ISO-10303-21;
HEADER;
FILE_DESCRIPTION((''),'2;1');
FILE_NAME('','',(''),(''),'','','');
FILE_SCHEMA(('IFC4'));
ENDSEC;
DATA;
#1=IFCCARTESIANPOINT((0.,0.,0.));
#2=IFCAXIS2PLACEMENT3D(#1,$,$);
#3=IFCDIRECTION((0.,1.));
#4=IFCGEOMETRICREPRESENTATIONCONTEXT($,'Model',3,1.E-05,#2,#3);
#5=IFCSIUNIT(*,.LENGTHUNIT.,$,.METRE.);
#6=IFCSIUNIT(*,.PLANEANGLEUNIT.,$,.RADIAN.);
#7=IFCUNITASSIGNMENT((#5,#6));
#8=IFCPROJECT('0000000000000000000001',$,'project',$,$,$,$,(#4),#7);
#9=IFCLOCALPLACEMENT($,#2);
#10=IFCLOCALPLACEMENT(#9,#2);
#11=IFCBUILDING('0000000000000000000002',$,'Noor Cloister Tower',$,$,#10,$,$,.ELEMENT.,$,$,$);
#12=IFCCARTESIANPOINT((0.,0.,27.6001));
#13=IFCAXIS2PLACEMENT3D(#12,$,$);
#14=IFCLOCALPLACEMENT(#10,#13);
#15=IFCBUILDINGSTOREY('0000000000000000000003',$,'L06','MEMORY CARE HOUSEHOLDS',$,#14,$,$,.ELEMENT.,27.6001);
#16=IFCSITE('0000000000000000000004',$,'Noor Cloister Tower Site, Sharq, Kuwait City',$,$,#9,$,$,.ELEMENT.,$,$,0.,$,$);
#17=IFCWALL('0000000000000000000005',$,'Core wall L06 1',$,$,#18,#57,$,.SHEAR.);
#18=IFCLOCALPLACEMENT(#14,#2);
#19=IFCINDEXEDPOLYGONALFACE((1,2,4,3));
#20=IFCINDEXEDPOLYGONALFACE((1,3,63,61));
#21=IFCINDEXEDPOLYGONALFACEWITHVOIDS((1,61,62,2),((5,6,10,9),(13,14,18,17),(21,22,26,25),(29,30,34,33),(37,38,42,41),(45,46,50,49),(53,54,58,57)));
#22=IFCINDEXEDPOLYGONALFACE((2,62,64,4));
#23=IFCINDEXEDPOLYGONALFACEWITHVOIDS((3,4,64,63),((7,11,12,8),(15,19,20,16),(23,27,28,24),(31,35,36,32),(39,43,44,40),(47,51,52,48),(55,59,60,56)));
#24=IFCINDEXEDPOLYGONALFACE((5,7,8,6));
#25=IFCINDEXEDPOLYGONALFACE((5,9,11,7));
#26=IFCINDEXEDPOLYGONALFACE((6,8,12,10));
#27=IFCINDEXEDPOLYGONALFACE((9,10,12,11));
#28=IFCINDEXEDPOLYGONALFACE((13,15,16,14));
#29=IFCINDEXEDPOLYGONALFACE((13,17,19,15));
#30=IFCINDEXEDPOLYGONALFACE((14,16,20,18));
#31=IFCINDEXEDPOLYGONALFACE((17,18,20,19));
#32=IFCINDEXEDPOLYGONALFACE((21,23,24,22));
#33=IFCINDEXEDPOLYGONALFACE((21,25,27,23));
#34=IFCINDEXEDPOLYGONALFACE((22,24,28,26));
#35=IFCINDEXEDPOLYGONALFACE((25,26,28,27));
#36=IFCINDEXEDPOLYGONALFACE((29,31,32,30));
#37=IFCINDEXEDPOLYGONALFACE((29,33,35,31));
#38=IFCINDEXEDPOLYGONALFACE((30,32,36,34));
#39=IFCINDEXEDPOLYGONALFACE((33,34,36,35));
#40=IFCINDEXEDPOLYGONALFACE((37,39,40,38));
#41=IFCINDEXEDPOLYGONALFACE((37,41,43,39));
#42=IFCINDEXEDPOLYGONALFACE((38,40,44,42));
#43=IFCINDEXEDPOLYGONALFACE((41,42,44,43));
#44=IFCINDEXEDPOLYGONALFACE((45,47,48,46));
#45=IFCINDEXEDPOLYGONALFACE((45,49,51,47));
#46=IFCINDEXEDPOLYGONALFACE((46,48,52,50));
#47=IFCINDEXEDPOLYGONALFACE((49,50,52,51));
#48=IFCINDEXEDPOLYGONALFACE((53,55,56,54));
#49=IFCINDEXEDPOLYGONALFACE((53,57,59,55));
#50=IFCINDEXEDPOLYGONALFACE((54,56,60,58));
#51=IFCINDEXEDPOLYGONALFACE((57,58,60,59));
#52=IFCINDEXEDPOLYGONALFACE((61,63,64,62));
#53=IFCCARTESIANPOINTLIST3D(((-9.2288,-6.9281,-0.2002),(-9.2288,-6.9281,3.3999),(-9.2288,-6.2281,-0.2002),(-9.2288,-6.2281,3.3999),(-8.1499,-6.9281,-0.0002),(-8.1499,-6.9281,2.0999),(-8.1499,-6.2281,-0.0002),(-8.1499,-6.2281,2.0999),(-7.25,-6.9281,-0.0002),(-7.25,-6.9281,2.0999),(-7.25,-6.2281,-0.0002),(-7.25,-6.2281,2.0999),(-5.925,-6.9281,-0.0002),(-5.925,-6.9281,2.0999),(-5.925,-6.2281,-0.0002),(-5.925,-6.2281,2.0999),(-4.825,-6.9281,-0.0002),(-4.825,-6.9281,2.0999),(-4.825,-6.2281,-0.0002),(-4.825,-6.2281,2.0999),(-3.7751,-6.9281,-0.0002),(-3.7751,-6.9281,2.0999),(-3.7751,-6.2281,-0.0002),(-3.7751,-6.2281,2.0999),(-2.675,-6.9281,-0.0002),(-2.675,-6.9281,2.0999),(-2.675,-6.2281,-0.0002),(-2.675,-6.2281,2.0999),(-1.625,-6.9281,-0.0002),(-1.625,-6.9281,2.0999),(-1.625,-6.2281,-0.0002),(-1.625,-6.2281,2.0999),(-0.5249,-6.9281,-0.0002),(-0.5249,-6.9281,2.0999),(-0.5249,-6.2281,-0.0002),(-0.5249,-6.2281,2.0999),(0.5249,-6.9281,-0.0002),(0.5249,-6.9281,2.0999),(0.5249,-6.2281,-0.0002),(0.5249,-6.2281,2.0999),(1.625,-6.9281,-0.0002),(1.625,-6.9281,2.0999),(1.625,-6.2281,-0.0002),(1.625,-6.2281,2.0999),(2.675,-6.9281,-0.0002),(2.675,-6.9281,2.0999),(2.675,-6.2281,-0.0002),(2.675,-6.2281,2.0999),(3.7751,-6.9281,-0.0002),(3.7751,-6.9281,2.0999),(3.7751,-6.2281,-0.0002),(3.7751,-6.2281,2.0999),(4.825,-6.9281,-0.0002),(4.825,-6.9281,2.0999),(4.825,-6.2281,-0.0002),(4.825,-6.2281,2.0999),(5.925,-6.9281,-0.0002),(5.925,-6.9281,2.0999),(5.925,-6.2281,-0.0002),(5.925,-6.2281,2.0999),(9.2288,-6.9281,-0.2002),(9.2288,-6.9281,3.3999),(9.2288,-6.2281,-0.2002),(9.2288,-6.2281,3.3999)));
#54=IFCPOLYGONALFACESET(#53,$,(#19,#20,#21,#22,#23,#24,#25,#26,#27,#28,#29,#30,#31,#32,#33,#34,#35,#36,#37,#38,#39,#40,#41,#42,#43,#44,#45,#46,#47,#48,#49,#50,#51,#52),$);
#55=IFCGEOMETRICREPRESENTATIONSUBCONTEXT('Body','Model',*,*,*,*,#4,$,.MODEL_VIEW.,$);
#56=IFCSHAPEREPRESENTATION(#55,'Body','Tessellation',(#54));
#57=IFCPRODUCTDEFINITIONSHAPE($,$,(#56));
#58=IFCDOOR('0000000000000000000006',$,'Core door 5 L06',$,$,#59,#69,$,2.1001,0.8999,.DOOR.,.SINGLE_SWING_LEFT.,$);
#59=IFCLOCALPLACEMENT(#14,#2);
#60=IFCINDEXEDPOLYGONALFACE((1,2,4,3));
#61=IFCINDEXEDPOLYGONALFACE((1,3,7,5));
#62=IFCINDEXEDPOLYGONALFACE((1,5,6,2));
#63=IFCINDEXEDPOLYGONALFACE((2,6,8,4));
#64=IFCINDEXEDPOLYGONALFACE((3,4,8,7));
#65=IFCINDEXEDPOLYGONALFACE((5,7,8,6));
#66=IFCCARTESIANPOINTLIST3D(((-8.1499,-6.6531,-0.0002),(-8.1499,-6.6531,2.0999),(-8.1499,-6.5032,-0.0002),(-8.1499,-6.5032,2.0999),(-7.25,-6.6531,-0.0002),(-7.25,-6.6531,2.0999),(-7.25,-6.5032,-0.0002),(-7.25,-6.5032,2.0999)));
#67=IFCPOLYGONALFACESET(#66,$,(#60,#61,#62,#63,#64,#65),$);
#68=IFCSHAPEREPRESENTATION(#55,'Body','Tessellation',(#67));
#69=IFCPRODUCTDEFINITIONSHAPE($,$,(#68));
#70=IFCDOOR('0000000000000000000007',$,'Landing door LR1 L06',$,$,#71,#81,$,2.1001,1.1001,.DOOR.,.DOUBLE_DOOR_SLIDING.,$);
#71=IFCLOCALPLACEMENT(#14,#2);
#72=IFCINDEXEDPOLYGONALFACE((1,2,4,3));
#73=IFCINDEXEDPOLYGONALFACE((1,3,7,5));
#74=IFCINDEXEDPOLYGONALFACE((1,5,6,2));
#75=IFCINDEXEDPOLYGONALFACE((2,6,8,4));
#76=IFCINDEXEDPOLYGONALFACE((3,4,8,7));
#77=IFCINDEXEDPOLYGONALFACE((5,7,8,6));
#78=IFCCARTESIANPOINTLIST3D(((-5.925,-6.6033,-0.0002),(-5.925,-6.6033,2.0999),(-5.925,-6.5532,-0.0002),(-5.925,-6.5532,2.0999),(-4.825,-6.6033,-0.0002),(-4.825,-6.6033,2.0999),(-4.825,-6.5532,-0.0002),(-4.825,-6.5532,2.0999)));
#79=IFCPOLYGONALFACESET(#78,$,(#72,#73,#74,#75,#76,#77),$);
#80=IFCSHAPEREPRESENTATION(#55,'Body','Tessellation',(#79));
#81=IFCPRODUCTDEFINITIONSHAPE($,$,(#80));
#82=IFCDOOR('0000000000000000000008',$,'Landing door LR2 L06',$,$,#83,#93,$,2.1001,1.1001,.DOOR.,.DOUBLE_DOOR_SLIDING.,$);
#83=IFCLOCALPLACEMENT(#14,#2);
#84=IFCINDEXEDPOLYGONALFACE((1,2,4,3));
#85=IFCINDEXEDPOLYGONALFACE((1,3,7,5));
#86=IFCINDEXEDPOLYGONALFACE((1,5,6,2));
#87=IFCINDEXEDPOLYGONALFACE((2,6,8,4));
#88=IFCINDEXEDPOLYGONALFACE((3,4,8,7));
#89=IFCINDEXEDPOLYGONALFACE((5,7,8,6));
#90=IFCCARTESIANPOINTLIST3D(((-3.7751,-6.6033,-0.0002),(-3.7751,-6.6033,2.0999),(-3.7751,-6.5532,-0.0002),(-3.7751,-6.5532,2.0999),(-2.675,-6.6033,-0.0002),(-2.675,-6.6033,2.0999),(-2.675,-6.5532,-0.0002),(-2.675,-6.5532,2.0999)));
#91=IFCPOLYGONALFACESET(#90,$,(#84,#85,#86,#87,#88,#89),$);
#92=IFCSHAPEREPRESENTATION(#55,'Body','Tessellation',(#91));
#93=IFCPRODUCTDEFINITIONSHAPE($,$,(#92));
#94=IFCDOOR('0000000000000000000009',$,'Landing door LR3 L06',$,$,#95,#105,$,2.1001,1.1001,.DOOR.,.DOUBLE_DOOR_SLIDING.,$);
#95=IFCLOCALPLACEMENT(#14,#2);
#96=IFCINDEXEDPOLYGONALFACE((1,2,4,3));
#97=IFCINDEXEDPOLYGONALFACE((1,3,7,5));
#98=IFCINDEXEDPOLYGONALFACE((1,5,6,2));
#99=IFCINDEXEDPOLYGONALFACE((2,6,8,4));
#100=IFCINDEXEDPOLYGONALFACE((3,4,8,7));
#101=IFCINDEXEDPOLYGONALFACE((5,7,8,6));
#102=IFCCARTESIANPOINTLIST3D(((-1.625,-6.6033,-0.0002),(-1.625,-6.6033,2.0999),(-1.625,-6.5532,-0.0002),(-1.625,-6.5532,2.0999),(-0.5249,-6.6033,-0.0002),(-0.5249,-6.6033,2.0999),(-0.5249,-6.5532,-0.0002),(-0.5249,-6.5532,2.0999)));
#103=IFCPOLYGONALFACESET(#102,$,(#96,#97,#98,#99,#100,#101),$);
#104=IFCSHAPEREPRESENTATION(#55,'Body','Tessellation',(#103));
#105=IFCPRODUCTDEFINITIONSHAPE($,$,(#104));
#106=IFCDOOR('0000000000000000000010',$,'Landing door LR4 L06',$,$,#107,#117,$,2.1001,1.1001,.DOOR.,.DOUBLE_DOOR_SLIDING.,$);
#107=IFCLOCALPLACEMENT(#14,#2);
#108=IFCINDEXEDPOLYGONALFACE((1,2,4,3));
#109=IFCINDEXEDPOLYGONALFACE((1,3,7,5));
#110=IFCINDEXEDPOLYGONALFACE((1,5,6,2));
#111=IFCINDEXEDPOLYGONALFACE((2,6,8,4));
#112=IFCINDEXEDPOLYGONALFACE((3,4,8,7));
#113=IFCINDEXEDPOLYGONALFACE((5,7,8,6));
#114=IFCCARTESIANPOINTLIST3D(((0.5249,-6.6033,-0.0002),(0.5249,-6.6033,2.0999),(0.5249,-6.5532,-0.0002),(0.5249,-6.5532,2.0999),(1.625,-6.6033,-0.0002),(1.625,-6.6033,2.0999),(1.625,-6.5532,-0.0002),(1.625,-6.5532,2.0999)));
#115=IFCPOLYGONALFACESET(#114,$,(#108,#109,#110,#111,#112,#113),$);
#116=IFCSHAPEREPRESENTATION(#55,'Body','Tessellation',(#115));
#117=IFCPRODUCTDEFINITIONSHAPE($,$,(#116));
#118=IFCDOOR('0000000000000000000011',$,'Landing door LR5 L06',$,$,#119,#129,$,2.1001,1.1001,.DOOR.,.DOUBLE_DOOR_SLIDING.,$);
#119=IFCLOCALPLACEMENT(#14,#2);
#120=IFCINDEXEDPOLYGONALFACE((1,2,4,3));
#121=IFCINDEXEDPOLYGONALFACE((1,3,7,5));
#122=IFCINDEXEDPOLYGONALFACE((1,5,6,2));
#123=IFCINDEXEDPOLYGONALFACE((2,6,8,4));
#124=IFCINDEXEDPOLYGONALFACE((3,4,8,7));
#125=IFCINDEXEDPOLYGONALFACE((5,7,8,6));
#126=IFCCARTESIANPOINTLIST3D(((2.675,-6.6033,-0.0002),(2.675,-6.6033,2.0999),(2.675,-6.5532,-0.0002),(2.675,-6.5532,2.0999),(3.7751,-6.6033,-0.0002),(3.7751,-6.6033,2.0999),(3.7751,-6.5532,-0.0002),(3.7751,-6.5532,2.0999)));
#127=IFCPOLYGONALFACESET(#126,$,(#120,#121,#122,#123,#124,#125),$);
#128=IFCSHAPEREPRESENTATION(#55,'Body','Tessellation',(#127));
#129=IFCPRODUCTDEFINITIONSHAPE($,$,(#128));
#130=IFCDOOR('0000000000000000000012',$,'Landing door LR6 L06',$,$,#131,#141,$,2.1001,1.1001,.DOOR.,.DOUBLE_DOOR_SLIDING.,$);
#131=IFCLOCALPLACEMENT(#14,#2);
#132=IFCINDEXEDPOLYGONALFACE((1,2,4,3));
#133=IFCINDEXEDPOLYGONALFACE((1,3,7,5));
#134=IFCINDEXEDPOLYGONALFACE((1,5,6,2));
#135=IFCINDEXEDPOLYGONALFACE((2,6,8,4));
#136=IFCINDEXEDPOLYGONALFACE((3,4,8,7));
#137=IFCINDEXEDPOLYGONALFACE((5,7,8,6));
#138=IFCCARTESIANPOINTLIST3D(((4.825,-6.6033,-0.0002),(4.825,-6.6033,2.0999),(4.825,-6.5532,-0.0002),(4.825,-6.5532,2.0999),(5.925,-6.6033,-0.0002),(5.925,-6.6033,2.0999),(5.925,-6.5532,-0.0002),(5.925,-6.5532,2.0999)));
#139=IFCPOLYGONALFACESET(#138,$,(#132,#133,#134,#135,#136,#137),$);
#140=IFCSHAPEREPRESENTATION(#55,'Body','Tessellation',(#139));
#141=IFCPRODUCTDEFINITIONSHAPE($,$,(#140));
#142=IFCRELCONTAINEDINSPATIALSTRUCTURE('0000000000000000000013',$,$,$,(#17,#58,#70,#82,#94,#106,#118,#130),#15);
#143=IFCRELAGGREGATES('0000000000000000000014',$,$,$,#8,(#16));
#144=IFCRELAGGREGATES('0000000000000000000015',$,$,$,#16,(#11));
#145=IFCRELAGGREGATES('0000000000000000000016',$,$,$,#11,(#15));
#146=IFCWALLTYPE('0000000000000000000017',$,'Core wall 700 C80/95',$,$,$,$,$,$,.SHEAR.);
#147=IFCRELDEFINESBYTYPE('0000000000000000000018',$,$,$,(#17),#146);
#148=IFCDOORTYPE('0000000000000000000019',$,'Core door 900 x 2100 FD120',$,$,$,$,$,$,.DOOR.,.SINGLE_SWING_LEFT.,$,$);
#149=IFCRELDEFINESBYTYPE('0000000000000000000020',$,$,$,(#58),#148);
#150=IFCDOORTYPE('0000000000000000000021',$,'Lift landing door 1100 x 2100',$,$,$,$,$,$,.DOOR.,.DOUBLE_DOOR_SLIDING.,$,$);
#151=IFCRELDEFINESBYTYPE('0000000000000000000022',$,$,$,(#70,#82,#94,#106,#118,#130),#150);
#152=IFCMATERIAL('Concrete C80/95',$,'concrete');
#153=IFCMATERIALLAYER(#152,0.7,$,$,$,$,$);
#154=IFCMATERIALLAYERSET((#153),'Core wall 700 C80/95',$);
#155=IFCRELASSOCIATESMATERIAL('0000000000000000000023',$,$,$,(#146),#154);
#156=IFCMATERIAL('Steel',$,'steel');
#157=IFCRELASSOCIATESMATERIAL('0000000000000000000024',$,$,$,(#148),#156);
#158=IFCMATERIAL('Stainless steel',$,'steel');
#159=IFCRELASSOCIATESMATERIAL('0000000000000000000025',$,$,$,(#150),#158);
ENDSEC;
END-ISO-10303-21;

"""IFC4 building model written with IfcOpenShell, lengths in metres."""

from ifc_helpers import new_model, si_unit, direction, frame, frame_2d, origin, place, context, subcontext, project, spatial, rectangle, extrude, material, layer, layer_set, type_object, element, fill, save


model = new_model("IFC4")

# Units and contexts
model_context = context("Model", 3, precision=1e-05, world=origin(), true_north=direction((0.0, 1.0)))
body_context = subcontext(model_context, "Body", "Model", "MODEL_VIEW")
ifc_project = project(units=[si_unit("LENGTHUNIT", "METRE"), si_unit("PLANEANGLEUNIT", "RADIAN")], contexts=[model_context])

# Site, building, storey
site_placement = place(None, origin())
site = spatial("IfcSite", under=ifc_project, at=site_placement, Name="Noor Cloister Tower Site, Sharq, Kuwait City", CompositionType="ELEMENT", RefElevation=0.0)
building_placement = place(site_placement, origin())
building = spatial("IfcBuilding", under=site, at=building_placement, Name="Noor Cloister Tower", CompositionType="ELEMENT")
storey_placement = place(building_placement, frame((0.0, 0.0, 27.6001)))
storey = spatial("IfcBuildingStorey", under=building, at=storey_placement, Name="L06", Description="MEMORY CARE HOUSEHOLDS", CompositionType="ELEMENT", Elevation=27.6001)

# Wall, openings, doors
ifc_material_1 = material(Name="Concrete C80/95", Category="concrete")
ifc_layer_1 = layer(ifc_material_1, 0.7)
ifc_layer_set_1 = layer_set([ifc_layer_1], Name="Core wall 700 C80/95")
wall_type_1 = type_object("IfcWallType", Name="Core wall 700 C80/95", PredefinedType="SHEAR", material=ifc_layer_set_1)
wall_1_placement = place(storey_placement, frame((-9.2288, -6.5781, -0.2002), z_axis=(0.0, 0.0, 1.0), x_axis=(1.0, 0.0, 0.0)))
wall_1 = element("IfcWall", 1, at=wall_1_placement, inside=storey, type_object=wall_type_1, Name="Core wall L06 1", PredefinedType="SHEAR", context=body_context, shape_type="SweptSolid", body=[
    extrude(rectangle(XDim=18.4575, YDim=0.7, at=frame_2d((9.2288, 0.0))), origin(), (0.0, 0.0, 1.0), 3.6001),
])
opening_1_placement = place(wall_1_placement, frame((3.3037, 0.0, 0.2)))
opening_1 = element("IfcOpeningElement", 2, at=opening_1_placement, cuts=wall_1, PredefinedType="OPENING", context=body_context, shape_type="SweptSolid", body=[
    extrude(rectangle(XDim=1.1001, YDim=2.1001, at=frame_2d((0.55, 1.05))), frame((0.0, 0.3599, 0.0), z_axis=(0.0, -1.0, 0.0), x_axis=(1.0, 0.0, 0.0)), (0.0, 0.0, 1.0), 0.72),
])
opening_2_placement = place(wall_1_placement, frame((5.4536, 0.0, 0.2)))
opening_2 = element("IfcOpeningElement", 3, at=opening_2_placement, cuts=wall_1, PredefinedType="OPENING", context=body_context, shape_type="SweptSolid", body=[
    extrude(rectangle(XDim=1.1001, YDim=2.1001, at=frame_2d((0.55, 1.05))), frame((0.0, 0.3599, 0.0), z_axis=(0.0, -1.0, 0.0), x_axis=(1.0, 0.0, 0.0)), (0.0, 0.0, 1.0), 0.72),
])
opening_3_placement = place(wall_1_placement, frame((7.6038, 0.0, 0.2)))
opening_3 = element("IfcOpeningElement", 4, at=opening_3_placement, cuts=wall_1, PredefinedType="OPENING", context=body_context, shape_type="SweptSolid", body=[
    extrude(rectangle(XDim=1.1001, YDim=2.1001, at=frame_2d((0.55, 1.05))), frame((0.0, 0.3599, 0.0), z_axis=(0.0, -1.0, 0.0), x_axis=(1.0, 0.0, 0.0)), (0.0, 0.0, 1.0), 0.72),
])
opening_4_placement = place(wall_1_placement, frame((9.7537, 0.0, 0.2)))
opening_4 = element("IfcOpeningElement", 5, at=opening_4_placement, cuts=wall_1, PredefinedType="OPENING", context=body_context, shape_type="SweptSolid", body=[
    extrude(rectangle(XDim=1.1001, YDim=2.1001, at=frame_2d((0.55, 1.05))), frame((0.0, 0.3599, 0.0), z_axis=(0.0, -1.0, 0.0), x_axis=(1.0, 0.0, 0.0)), (0.0, 0.0, 1.0), 0.72),
])
opening_5_placement = place(wall_1_placement, frame((11.9038, 0.0, 0.2)))
opening_5 = element("IfcOpeningElement", 6, at=opening_5_placement, cuts=wall_1, PredefinedType="OPENING", context=body_context, shape_type="SweptSolid", body=[
    extrude(rectangle(XDim=1.1001, YDim=2.1001, at=frame_2d((0.55, 1.05))), frame((0.0, 0.3599, 0.0), z_axis=(0.0, -1.0, 0.0), x_axis=(1.0, 0.0, 0.0)), (0.0, 0.0, 1.0), 0.72),
])
opening_6_placement = place(wall_1_placement, frame((14.0537, 0.0, 0.2)))
opening_6 = element("IfcOpeningElement", 7, at=opening_6_placement, cuts=wall_1, PredefinedType="OPENING", context=body_context, shape_type="SweptSolid", body=[
    extrude(rectangle(XDim=1.1001, YDim=2.1001, at=frame_2d((0.55, 1.05))), frame((0.0, 0.3599, 0.0), z_axis=(0.0, -1.0, 0.0), x_axis=(1.0, 0.0, 0.0)), (0.0, 0.0, 1.0), 0.72),
])
opening_7_placement = place(wall_1_placement, frame((1.0789, 0.0, 0.2)))
opening_7 = element("IfcOpeningElement", 8, at=opening_7_placement, cuts=wall_1, PredefinedType="OPENING", context=body_context, shape_type="SweptSolid", body=[
    extrude(rectangle(XDim=0.8999, YDim=2.1001, at=frame_2d((0.45, 1.05))), frame((0.0, 0.3599, 0.0), z_axis=(0.0, -1.0, 0.0), x_axis=(1.0, 0.0, 0.0)), (0.0, 0.0, 1.0), 0.72),
])
ifc_material_2 = material(Name="Steel", Category="steel")
door_type_1 = type_object("IfcDoorType", Name="Core door 900 x 2100 FD120", OperationType="SINGLE_SWING_LEFT", PredefinedType="DOOR", material=ifc_material_2)
door_1_placement = place(opening_7_placement, origin())
door_1 = element("IfcDoor", 9, at=door_1_placement, inside=storey, type_object=door_type_1, Name="Core door 5 L06", OperationType="SINGLE_SWING_LEFT", OverallHeight=2.1001, OverallWidth=0.8999, PredefinedType="DOOR", context=body_context, shape_type="SweptSolid", body=[
    extrude(rectangle(XDim=0.8999, YDim=2.1001, at=frame_2d((0.45, 1.05))), frame((0.0, 0.075, 0.0), z_axis=(0.0, -1.0, 0.0), x_axis=(1.0, 0.0, 0.0)), (0.0, 0.0, 1.0), 0.1499),
])
fill(opening_7, door_1)
ifc_material_3 = material(Name="Stainless steel", Category="steel")
door_type_2 = type_object("IfcDoorType", Name="Lift landing door 1100 x 2100", OperationType="DOUBLE_DOOR_SLIDING", PredefinedType="DOOR", material=ifc_material_3)
door_2_placement = place(opening_1_placement, origin())
door_2 = element("IfcDoor", 10, at=door_2_placement, inside=storey, type_object=door_type_2, Name="Landing door LR1 L06", OperationType="DOUBLE_DOOR_SLIDING", OverallHeight=2.1001, OverallWidth=1.1001, PredefinedType="DOOR", context=body_context, shape_type="SweptSolid", body=[
    extrude(rectangle(XDim=1.1001, YDim=2.1001, at=frame_2d((0.55, 1.05))), frame((0.0, 0.0249, 0.0), z_axis=(0.0, -1.0, 0.0), x_axis=(1.0, 0.0, 0.0)), (0.0, 0.0, 1.0), 0.05),
])
fill(opening_1, door_2)
door_3_placement = place(opening_2_placement, origin())
door_3 = element("IfcDoor", 11, at=door_3_placement, inside=storey, type_object=door_type_2, Name="Landing door LR2 L06", OperationType="DOUBLE_DOOR_SLIDING", OverallHeight=2.1001, OverallWidth=1.1001, PredefinedType="DOOR", context=body_context, shape_type="SweptSolid", body=[
    extrude(rectangle(XDim=1.1001, YDim=2.1001, at=frame_2d((0.55, 1.05))), frame((0.0, 0.0249, 0.0), z_axis=(0.0, -1.0, 0.0), x_axis=(1.0, 0.0, 0.0)), (0.0, 0.0, 1.0), 0.05),
])
fill(opening_2, door_3)
door_4_placement = place(opening_3_placement, origin())
door_4 = element("IfcDoor", 12, at=door_4_placement, inside=storey, type_object=door_type_2, Name="Landing door LR3 L06", OperationType="DOUBLE_DOOR_SLIDING", OverallHeight=2.1001, OverallWidth=1.1001, PredefinedType="DOOR", context=body_context, shape_type="SweptSolid", body=[
    extrude(rectangle(XDim=1.1001, YDim=2.1001, at=frame_2d((0.55, 1.05))), frame((0.0, 0.0249, 0.0), z_axis=(0.0, -1.0, 0.0), x_axis=(1.0, 0.0, 0.0)), (0.0, 0.0, 1.0), 0.05),
])
fill(opening_3, door_4)
door_5_placement = place(opening_4_placement, origin())
door_5 = element("IfcDoor", 13, at=door_5_placement, inside=storey, type_object=door_type_2, Name="Landing door LR4 L06", OperationType="DOUBLE_DOOR_SLIDING", OverallHeight=2.1001, OverallWidth=1.1001, PredefinedType="DOOR", context=body_context, shape_type="SweptSolid", body=[
    extrude(rectangle(XDim=1.1001, YDim=2.1001, at=frame_2d((0.55, 1.05))), frame((0.0, 0.0249, 0.0), z_axis=(0.0, -1.0, 0.0), x_axis=(1.0, 0.0, 0.0)), (0.0, 0.0, 1.0), 0.05),
])
fill(opening_4, door_5)
door_6_placement = place(opening_5_placement, origin())
door_6 = element("IfcDoor", 14, at=door_6_placement, inside=storey, type_object=door_type_2, Name="Landing door LR5 L06", OperationType="DOUBLE_DOOR_SLIDING", OverallHeight=2.1001, OverallWidth=1.1001, PredefinedType="DOOR", context=body_context, shape_type="SweptSolid", body=[
    extrude(rectangle(XDim=1.1001, YDim=2.1001, at=frame_2d((0.55, 1.05))), frame((0.0, 0.0249, 0.0), z_axis=(0.0, -1.0, 0.0), x_axis=(1.0, 0.0, 0.0)), (0.0, 0.0, 1.0), 0.05),
])
fill(opening_5, door_6)
door_7_placement = place(opening_6_placement, origin())
door_7 = element("IfcDoor", 15, at=door_7_placement, inside=storey, type_object=door_type_2, Name="Landing door LR6 L06", OperationType="DOUBLE_DOOR_SLIDING", OverallHeight=2.1001, OverallWidth=1.1001, PredefinedType="DOOR", context=body_context, shape_type="SweptSolid", body=[
    extrude(rectangle(XDim=1.1001, YDim=2.1001, at=frame_2d((0.55, 1.05))), frame((0.0, 0.0249, 0.0), z_axis=(0.0, -1.0, 0.0), x_axis=(1.0, 0.0, 0.0)), (0.0, 0.0, 1.0), 0.05),
])
fill(opening_6, door_7)

save(model, "model.ifc")
